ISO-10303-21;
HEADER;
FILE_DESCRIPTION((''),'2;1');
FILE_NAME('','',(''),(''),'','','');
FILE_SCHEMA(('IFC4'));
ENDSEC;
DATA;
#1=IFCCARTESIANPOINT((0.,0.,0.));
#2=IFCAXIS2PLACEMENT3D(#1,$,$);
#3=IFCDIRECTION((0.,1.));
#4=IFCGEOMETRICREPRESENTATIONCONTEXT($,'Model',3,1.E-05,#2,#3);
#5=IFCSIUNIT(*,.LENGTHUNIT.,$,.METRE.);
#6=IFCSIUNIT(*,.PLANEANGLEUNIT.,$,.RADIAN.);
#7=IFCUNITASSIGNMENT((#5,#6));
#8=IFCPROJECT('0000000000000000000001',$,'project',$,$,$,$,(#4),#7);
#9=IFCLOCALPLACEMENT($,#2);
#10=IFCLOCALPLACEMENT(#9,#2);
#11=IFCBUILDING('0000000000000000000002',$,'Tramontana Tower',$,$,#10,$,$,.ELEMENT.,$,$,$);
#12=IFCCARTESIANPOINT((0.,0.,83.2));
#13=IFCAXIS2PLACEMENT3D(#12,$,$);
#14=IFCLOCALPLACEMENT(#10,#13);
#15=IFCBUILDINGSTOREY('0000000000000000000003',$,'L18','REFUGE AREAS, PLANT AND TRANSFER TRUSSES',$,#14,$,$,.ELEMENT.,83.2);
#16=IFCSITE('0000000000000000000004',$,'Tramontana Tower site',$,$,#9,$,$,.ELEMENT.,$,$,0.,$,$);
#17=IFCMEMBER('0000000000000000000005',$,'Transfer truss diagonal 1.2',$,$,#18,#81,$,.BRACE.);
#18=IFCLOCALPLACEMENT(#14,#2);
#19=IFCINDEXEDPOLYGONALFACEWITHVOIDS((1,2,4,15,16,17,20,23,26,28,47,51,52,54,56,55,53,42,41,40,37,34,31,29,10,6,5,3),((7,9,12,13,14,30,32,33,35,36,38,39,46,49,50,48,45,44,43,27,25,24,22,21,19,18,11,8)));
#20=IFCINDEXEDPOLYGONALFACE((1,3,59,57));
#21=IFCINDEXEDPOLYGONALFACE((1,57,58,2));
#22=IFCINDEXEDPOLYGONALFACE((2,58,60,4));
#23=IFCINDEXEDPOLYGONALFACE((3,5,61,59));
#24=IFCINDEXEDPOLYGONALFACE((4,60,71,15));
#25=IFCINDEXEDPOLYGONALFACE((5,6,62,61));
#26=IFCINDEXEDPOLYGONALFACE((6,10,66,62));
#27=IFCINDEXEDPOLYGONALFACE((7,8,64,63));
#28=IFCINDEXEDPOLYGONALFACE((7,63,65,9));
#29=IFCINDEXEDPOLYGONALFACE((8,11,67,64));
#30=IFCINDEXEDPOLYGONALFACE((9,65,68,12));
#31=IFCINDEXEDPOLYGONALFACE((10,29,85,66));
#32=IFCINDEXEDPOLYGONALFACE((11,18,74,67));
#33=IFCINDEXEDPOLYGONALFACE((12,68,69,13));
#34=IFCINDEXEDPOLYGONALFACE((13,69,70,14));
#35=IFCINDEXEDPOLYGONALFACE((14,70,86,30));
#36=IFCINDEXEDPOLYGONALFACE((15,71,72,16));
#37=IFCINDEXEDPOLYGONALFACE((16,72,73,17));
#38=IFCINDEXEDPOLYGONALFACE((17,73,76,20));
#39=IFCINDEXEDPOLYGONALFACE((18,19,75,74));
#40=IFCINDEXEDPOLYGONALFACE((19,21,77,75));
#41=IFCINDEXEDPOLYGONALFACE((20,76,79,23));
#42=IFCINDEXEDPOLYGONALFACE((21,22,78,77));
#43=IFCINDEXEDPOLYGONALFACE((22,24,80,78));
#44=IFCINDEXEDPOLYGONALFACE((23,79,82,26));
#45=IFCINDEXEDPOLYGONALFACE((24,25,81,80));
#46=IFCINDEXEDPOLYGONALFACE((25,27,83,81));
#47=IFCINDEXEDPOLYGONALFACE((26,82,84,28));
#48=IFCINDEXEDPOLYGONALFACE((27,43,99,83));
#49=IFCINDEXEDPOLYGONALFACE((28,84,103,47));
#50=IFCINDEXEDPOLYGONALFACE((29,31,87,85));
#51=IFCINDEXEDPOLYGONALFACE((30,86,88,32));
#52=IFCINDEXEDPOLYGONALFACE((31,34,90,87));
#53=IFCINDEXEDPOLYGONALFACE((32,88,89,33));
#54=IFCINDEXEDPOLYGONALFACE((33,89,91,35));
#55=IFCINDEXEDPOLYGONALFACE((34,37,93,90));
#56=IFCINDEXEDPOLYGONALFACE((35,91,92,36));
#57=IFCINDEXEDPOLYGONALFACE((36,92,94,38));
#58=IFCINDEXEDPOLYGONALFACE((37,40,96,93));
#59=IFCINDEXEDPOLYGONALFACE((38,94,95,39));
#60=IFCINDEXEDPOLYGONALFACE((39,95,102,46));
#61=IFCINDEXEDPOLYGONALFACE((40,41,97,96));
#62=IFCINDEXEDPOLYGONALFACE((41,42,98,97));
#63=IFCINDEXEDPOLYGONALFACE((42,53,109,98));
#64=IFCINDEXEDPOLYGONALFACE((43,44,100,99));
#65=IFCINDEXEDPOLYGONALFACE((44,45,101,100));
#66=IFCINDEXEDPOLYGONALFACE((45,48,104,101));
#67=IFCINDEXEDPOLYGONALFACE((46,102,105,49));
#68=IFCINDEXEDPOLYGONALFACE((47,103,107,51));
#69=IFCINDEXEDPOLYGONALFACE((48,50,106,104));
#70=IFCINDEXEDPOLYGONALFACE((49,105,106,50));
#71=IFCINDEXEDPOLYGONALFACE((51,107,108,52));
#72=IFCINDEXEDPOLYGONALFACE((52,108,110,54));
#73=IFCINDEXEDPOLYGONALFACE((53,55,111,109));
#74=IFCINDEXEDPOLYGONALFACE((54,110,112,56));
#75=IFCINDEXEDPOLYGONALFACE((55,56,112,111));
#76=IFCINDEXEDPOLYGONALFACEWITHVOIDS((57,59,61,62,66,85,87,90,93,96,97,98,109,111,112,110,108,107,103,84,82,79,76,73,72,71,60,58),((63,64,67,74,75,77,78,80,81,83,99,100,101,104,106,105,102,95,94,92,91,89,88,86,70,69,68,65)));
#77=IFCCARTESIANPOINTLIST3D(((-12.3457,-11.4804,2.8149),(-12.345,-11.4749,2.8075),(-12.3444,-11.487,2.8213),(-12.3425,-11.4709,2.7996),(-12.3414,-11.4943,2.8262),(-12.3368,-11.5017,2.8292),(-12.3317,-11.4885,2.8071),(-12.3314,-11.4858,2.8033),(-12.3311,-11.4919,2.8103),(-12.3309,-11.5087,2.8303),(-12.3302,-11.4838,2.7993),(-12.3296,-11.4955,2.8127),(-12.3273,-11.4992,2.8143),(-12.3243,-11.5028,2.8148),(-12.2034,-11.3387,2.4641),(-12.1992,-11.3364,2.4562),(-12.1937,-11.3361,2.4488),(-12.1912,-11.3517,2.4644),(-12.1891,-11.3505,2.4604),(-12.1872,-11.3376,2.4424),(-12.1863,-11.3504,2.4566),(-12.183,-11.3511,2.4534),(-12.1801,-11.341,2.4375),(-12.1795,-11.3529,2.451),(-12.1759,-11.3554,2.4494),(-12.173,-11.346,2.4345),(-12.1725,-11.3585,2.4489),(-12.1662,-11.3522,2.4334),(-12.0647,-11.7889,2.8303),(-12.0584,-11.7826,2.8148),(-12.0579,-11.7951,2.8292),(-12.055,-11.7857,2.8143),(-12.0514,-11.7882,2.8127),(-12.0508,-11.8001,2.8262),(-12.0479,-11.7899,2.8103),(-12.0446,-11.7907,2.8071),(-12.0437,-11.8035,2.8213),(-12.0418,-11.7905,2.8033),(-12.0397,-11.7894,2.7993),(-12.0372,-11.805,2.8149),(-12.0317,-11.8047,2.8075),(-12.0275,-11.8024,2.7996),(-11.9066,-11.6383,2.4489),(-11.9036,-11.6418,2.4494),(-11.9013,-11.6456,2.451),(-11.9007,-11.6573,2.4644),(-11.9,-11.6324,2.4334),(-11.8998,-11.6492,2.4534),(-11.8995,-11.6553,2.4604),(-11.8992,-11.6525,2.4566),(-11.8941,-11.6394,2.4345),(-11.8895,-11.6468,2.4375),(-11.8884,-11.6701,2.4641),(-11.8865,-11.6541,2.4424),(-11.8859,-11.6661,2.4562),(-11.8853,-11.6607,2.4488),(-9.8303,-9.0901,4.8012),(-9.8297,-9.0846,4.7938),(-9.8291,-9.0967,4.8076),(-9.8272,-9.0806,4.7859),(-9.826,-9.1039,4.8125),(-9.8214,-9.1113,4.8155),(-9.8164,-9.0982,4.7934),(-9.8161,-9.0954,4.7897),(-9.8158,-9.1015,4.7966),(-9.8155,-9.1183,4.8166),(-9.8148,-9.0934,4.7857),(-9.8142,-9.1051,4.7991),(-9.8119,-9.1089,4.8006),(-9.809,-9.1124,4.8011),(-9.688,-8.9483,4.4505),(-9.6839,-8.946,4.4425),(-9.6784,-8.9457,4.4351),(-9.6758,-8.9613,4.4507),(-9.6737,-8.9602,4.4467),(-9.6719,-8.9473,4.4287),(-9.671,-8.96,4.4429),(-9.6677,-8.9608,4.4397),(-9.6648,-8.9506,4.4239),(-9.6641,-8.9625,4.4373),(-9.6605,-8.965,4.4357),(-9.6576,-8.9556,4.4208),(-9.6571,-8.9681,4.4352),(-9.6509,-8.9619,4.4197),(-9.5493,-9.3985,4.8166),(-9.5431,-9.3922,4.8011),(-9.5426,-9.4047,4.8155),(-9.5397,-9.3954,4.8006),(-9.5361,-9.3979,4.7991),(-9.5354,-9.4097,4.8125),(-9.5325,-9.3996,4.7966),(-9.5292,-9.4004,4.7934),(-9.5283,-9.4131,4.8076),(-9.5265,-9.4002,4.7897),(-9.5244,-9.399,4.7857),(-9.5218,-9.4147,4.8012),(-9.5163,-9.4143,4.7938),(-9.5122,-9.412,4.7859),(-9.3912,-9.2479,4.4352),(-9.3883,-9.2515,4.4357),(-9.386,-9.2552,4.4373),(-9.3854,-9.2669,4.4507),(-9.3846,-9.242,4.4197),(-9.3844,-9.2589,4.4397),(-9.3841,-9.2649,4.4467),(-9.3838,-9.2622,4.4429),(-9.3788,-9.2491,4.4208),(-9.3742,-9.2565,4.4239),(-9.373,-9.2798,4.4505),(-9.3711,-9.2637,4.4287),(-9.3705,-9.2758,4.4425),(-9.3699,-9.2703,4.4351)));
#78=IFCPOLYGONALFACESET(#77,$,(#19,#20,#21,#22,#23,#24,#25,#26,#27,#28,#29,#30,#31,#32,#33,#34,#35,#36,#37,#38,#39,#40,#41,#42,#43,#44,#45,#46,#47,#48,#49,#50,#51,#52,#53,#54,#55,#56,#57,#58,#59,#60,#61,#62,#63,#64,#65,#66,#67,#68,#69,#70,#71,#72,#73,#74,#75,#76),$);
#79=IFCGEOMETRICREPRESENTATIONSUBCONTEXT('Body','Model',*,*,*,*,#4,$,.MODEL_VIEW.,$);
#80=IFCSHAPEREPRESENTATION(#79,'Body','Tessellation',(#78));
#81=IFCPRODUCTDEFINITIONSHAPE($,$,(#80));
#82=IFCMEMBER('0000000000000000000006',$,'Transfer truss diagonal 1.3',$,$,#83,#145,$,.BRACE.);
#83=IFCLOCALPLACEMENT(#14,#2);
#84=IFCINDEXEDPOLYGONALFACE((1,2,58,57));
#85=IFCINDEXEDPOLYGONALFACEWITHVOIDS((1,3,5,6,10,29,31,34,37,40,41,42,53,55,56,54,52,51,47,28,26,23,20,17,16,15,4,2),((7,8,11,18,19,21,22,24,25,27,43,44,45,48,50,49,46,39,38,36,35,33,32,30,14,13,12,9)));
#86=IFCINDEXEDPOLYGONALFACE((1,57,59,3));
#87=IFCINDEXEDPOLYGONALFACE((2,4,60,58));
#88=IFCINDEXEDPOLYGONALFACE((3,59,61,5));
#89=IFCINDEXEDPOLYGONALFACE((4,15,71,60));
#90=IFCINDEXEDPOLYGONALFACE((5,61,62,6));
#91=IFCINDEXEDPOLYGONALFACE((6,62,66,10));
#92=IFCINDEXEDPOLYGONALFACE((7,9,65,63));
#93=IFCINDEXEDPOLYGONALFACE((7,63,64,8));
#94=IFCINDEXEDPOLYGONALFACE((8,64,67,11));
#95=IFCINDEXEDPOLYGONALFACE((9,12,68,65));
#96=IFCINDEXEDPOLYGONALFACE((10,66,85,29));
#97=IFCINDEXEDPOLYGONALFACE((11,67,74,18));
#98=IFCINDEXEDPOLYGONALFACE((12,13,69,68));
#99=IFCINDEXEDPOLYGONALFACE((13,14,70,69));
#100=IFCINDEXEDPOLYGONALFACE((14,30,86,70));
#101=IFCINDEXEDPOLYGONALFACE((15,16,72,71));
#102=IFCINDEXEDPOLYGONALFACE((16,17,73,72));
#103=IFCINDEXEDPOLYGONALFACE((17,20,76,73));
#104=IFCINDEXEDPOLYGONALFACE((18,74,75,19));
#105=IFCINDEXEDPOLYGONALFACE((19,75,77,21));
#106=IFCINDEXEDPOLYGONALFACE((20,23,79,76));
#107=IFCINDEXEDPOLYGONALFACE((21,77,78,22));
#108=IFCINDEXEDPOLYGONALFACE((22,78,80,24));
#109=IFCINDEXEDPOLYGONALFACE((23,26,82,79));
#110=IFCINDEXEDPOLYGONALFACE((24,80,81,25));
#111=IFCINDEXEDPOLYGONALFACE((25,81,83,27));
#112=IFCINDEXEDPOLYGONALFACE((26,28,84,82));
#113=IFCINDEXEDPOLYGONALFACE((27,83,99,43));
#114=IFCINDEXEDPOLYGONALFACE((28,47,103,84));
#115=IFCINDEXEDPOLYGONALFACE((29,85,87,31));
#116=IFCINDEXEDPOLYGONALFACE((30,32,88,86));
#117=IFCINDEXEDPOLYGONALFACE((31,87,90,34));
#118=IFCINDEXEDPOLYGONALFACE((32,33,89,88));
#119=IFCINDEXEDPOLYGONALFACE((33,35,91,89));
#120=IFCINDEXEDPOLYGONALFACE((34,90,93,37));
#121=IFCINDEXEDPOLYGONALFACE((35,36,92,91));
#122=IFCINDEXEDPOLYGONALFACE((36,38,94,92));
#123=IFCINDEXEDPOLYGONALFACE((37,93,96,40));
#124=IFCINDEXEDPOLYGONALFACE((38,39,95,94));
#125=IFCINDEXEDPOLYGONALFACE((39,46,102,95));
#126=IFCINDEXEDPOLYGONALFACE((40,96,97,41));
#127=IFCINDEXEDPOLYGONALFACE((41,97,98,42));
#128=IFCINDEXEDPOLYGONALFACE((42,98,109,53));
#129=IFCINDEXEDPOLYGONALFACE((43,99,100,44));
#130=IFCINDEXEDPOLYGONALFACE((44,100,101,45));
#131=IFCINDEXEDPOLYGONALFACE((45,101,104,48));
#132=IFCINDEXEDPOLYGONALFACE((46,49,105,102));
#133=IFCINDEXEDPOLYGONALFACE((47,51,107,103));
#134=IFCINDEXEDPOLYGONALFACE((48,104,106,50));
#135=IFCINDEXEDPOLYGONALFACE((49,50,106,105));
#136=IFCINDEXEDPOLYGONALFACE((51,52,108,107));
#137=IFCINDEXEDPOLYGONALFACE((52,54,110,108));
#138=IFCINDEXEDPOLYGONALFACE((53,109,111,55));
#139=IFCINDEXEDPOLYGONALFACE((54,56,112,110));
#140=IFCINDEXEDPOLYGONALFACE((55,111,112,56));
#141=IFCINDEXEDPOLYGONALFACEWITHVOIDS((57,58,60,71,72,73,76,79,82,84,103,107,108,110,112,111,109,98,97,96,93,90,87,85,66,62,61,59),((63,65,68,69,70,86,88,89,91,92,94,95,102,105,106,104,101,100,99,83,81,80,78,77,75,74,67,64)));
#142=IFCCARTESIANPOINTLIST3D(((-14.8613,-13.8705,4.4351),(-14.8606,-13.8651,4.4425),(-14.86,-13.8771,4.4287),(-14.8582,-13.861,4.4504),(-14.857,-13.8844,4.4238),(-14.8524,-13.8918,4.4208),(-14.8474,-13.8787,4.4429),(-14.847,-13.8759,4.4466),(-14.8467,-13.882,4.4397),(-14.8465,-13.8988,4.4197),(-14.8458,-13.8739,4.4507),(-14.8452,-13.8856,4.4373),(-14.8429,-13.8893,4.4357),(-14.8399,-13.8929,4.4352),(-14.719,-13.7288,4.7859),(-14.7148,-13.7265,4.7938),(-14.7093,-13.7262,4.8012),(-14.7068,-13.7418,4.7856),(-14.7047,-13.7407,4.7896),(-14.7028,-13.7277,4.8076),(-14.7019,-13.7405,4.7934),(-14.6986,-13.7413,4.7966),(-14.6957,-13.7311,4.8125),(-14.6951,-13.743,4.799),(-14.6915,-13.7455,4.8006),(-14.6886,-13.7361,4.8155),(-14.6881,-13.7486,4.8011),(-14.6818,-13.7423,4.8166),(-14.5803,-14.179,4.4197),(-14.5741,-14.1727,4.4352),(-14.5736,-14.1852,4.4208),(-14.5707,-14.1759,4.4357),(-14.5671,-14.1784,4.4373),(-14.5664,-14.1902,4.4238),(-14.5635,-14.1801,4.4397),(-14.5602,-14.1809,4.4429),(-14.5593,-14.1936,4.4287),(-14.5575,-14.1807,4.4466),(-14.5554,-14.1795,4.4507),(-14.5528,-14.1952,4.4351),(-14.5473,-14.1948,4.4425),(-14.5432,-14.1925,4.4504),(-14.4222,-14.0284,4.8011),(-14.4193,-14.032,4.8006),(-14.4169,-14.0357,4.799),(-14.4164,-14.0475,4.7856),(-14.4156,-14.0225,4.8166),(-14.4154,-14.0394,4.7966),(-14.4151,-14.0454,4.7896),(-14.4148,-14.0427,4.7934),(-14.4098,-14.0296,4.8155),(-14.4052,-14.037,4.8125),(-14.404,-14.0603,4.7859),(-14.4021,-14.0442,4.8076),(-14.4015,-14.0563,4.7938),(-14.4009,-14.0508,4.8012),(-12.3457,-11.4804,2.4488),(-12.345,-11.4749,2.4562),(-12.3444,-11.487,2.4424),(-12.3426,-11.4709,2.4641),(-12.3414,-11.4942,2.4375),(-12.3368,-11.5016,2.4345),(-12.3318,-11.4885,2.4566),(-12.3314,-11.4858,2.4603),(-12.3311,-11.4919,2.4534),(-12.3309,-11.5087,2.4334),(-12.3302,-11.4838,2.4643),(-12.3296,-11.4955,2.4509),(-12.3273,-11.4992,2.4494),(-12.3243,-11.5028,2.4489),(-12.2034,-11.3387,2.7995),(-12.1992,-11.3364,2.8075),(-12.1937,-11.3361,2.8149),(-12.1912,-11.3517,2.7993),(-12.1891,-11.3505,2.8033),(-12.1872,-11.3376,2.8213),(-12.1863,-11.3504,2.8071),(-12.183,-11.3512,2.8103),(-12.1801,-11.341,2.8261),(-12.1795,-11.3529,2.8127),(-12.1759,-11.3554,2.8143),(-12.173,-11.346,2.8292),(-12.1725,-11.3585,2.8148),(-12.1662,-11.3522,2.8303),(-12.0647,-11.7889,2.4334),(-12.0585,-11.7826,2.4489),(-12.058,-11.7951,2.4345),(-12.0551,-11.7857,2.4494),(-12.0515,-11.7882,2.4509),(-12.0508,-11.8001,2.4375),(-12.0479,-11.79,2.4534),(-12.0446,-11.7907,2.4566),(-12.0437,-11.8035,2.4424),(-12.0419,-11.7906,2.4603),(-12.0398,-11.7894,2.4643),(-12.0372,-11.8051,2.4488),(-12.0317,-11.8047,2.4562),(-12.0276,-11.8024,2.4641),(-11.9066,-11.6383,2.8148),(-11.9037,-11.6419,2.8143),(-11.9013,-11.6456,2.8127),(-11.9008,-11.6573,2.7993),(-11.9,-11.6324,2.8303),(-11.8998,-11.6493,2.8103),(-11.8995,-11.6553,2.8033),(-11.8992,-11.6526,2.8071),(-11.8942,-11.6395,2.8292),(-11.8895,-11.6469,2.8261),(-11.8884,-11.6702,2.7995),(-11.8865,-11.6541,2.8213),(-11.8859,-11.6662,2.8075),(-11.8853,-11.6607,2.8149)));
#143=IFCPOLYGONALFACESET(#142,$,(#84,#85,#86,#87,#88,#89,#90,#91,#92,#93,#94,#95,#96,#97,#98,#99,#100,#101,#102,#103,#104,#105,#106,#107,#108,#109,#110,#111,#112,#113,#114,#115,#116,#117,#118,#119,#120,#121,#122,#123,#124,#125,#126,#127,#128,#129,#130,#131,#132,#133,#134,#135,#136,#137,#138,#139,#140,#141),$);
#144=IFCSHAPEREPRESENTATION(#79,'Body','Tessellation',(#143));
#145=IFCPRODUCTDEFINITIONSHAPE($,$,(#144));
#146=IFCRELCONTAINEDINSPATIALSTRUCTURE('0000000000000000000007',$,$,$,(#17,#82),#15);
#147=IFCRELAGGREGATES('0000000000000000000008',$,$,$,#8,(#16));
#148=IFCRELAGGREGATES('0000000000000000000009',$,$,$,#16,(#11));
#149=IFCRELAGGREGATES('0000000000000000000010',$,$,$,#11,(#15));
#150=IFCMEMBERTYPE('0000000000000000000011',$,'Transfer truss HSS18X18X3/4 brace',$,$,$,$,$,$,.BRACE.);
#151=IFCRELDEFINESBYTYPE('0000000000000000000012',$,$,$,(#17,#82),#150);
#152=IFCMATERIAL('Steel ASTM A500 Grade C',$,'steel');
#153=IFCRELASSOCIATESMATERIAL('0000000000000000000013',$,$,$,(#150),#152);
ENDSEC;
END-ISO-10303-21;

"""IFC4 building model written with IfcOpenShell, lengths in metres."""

from ifc_helpers import new_model, si_unit, direction, frame, origin, origin_2d, place, context, subcontext, project, spatial, hollow_rectangle, extrude, material, material_profile, profile_set, type_object, element, save


model = new_model("IFC4")

# Units and contexts
model_context = context("Model", 3, precision=1e-05, world=origin(), true_north=direction((0.0, 1.0)))
body_context = subcontext(model_context, "Body", "Model", "MODEL_VIEW")
ifc_project = project(units=[si_unit("LENGTHUNIT", "METRE"), si_unit("PLANEANGLEUNIT", "RADIAN")], contexts=[model_context])

# Site, building, storey
site_placement = place(None, origin())
site = spatial("IfcSite", under=ifc_project, at=site_placement, Name="Tramontana Tower site", CompositionType="ELEMENT", RefElevation=0.0)
building_placement = place(site_placement, origin())
building = spatial("IfcBuilding", under=site, at=building_placement, Name="Tramontana Tower", CompositionType="ELEMENT")
storey_placement = place(building_placement, frame((0.0, 0.0, 83.2)))
storey = spatial("IfcBuildingStorey", under=building, at=storey_placement, Name="L18", Description="REFUGE AREAS, PLANT AND TRANSFER TRUSSES", CompositionType="ELEMENT", Elevation=83.2)

# Members
ifc_material_1 = material(Name="Steel ASTM A500 Grade C", Category="steel")
ifc_material_profile_1 = material_profile(ifc_material_1, hollow_rectangle(XDim=0.4573, YDim=0.4573, WallThickness=0.0178, InnerFilletRadius=0.0178, OuterFilletRadius=0.0354, at=origin_2d()), Name="HSS18X18X3/4")
ifc_profile_set_1 = profile_set([ifc_material_profile_1], Name="Steel ASTM A500 Grade C")
member_type_1 = type_object("IfcMemberType", Name="Transfer truss HSS18X18X3/4 brace", PredefinedType="BRACE", material=ifc_profile_set_1)
for number, where, z_axis, x_axis, name in (
    (1, (-9.6001, -9.1802, 4.6182), (-0.629109, -0.597846, -0.496791), (0.688866, -0.724889, 0.0), "Transfer truss diagonal 1.2"),
    (2, (-12.1155, -11.5706, 2.6318), (-0.629169, -0.597784, 0.49679), (0.688794, -0.724957, 0.0), "Transfer truss diagonal 1.3"),
):
    element("IfcMember", number, at=place(storey_placement, frame(where, z_axis=z_axis, x_axis=x_axis)), inside=storey, type_object=member_type_1, Name=name, PredefinedType="BRACE", context=body_context, shape_type="SweptSolid", body=[
        extrude(hollow_rectangle(XDim=0.4573, YDim=0.4573, WallThickness=0.0178, InnerFilletRadius=0.0178, OuterFilletRadius=0.0354, at=origin_2d()), origin(), (0.0, 0.0, 1.0), 3.9983),
    ])

save(model, "model.ifc")
